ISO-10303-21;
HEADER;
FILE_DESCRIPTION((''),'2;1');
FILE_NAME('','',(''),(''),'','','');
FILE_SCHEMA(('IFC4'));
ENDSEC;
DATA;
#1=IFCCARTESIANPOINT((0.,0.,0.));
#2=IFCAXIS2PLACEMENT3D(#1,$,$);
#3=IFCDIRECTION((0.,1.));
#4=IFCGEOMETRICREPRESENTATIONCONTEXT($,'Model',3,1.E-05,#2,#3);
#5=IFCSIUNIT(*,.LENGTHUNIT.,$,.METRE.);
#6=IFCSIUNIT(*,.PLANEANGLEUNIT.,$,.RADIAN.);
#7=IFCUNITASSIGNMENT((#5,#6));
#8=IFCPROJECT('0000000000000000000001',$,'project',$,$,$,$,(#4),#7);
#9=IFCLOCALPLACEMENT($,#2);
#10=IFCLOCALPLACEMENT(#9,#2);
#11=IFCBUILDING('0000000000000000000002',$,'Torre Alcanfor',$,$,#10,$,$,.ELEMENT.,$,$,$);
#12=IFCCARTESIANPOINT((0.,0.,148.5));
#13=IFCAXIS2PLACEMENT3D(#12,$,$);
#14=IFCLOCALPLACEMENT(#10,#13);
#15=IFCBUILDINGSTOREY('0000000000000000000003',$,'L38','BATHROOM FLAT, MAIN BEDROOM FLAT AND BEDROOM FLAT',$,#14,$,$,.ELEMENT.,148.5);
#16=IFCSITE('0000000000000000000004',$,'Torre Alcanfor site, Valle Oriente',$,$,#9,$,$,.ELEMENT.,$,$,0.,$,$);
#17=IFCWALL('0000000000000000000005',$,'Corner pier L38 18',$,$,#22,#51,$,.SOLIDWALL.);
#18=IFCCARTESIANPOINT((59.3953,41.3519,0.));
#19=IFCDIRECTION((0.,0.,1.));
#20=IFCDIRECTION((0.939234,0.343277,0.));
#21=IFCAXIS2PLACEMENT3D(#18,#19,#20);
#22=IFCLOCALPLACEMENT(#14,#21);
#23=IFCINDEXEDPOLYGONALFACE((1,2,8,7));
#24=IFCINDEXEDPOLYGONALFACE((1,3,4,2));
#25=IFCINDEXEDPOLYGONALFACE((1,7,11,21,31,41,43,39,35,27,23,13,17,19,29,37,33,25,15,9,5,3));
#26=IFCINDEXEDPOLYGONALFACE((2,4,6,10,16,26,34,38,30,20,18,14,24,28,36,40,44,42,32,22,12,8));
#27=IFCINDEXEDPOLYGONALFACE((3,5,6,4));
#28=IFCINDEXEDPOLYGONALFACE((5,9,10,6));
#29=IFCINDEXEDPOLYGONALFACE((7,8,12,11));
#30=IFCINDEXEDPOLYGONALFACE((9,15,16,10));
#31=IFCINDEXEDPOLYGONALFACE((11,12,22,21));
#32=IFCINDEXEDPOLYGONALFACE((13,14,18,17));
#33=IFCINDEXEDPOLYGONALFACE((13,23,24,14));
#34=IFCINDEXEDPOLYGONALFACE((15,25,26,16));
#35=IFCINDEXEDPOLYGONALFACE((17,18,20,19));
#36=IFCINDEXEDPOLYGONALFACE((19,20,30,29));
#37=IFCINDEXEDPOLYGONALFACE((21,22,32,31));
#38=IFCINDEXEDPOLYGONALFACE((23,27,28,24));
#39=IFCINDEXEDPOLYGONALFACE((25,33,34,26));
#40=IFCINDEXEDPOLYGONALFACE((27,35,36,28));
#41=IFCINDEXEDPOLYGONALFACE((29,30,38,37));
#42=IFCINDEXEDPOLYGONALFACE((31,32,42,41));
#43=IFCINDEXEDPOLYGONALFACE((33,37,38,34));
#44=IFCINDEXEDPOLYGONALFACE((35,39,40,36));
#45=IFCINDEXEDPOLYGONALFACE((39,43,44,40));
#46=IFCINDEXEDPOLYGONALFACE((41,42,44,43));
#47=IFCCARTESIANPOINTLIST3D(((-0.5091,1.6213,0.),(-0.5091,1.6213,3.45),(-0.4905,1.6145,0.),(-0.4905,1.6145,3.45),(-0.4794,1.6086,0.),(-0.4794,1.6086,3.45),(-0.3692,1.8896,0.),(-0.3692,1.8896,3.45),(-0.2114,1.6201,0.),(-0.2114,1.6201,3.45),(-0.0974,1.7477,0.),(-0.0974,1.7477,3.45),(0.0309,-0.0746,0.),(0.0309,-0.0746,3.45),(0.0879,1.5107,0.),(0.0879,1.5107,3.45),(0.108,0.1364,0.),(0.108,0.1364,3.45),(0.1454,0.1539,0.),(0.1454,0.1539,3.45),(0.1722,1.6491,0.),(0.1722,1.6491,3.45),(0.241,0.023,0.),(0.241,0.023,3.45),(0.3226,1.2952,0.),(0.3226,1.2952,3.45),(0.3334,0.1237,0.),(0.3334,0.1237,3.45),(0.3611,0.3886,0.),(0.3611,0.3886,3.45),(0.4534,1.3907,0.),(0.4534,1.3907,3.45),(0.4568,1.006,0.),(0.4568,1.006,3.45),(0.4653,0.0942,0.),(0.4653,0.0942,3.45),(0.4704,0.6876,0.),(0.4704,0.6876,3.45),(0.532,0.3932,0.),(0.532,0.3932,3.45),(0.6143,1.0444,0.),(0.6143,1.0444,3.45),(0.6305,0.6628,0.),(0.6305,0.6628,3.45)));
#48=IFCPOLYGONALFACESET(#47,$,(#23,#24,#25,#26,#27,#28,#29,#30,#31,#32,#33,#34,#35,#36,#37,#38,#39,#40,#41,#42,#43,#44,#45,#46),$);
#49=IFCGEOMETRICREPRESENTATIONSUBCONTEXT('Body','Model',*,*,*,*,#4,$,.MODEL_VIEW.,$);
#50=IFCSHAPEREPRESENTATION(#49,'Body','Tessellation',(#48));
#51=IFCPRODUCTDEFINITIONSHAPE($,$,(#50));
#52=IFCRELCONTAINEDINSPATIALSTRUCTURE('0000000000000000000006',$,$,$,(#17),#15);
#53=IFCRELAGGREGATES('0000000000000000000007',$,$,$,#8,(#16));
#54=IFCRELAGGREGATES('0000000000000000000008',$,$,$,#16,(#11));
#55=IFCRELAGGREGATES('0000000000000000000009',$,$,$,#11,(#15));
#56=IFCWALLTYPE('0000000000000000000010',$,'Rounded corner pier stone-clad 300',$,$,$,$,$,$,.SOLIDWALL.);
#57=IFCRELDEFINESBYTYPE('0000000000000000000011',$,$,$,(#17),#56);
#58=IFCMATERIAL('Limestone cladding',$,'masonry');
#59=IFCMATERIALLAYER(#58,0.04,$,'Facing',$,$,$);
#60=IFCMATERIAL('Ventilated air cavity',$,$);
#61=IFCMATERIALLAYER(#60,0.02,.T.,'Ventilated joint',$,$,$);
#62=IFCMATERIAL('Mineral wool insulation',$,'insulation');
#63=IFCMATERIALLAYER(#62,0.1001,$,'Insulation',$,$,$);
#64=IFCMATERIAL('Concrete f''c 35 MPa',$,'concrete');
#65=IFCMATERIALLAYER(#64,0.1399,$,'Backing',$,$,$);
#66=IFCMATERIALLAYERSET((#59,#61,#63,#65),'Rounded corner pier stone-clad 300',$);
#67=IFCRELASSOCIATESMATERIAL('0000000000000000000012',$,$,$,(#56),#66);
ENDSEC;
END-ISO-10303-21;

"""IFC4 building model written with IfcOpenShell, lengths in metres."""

from ifc_helpers import new_model, si_unit, direction, frame, origin, place, context, subcontext, project, spatial, polyline, outline, extrude, material, layer, layer_set, type_object, element, save


model = new_model("IFC4")

# Units and contexts
model_context = context("Model", 3, precision=1e-05, world=origin(), true_north=direction((0.0, 1.0)))
body_context = subcontext(model_context, "Body", "Model", "MODEL_VIEW")
ifc_project = project(units=[si_unit("LENGTHUNIT", "METRE"), si_unit("PLANEANGLEUNIT", "RADIAN")], contexts=[model_context])

# Site, building, storey
site_placement = place(None, origin())
site = spatial("IfcSite", under=ifc_project, at=site_placement, Name="Torre Alcanfor site, Valle Oriente", CompositionType="ELEMENT", RefElevation=0.0)
building_placement = place(site_placement, origin())
building = spatial("IfcBuilding", under=site, at=building_placement, Name="Torre Alcanfor", CompositionType="ELEMENT")
storey_placement = place(building_placement, frame((0.0, 0.0, 148.5)))
storey = spatial("IfcBuildingStorey", under=building, at=storey_placement, Name="L38", Description="BATHROOM FLAT, MAIN BEDROOM FLAT AND BEDROOM FLAT", CompositionType="ELEMENT", Elevation=148.5)

# Shared definitions
ifc_material_1 = material(Name="Limestone cladding", Category="masonry")
ifc_material_2 = material(Name="Ventilated air cavity")
ifc_material_3 = material(Name="Mineral wool insulation", Category="insulation")
ifc_material_4 = material(Name="Concrete f'c 35 MPa", Category="concrete")

# Wall
ifc_layer_1 = layer(ifc_material_1, 0.04, Name="Facing")
ifc_layer_2 = layer(ifc_material_2, 0.02, ventilated=True, Name="Ventilated joint")
ifc_layer_3 = layer(ifc_material_3, 0.1001, Name="Insulation")
ifc_layer_4 = layer(ifc_material_4, 0.1399, Name="Backing")
ifc_layer_set_1 = layer_set([ifc_layer_1, ifc_layer_2, ifc_layer_3, ifc_layer_4], Name="Rounded corner pier stone-clad 300")
wall_type_1 = type_object("IfcWallType", Name="Rounded corner pier stone-clad 300", PredefinedType="SOLIDWALL", material=ifc_layer_set_1)
wall_1_placement = place(storey_placement, frame((59.3953, 41.3519, 0.0), z_axis=(0.0, 0.0, 1.0), x_axis=(0.939234, 0.343277, 0.0)))
element("IfcWall", 1, at=wall_1_placement, inside=storey, type_object=wall_type_1, Name="Corner pier L38 18", PredefinedType="SOLIDWALL", context=body_context, shape_type="SweptSolid", body=[
    extrude(outline(polyline([(0.532, 0.3932), (0.6305, 0.6628), (0.6143, 1.0444), (0.4534, 1.3907), (0.1722, 1.6491), (-0.0974, 1.7477), (-0.3692, 1.8896), (-0.5091, 1.6213), (-0.4905, 1.6145), (-0.4794, 1.6086), (-0.2114, 1.6201), (0.0879, 1.5107), (0.3226, 1.2952), (0.4568, 1.006), (0.4704, 0.6876), (0.3611, 0.3886), (0.1454, 0.1539), (0.108, 0.1364), (0.0309, -0.0746), (0.241, 0.023), (0.3334, 0.1237), (0.4653, 0.0942), (0.532, 0.3932)])), origin(), (0.0, 0.0, 1.0), 3.45),
])

save(model, "model.ifc")
